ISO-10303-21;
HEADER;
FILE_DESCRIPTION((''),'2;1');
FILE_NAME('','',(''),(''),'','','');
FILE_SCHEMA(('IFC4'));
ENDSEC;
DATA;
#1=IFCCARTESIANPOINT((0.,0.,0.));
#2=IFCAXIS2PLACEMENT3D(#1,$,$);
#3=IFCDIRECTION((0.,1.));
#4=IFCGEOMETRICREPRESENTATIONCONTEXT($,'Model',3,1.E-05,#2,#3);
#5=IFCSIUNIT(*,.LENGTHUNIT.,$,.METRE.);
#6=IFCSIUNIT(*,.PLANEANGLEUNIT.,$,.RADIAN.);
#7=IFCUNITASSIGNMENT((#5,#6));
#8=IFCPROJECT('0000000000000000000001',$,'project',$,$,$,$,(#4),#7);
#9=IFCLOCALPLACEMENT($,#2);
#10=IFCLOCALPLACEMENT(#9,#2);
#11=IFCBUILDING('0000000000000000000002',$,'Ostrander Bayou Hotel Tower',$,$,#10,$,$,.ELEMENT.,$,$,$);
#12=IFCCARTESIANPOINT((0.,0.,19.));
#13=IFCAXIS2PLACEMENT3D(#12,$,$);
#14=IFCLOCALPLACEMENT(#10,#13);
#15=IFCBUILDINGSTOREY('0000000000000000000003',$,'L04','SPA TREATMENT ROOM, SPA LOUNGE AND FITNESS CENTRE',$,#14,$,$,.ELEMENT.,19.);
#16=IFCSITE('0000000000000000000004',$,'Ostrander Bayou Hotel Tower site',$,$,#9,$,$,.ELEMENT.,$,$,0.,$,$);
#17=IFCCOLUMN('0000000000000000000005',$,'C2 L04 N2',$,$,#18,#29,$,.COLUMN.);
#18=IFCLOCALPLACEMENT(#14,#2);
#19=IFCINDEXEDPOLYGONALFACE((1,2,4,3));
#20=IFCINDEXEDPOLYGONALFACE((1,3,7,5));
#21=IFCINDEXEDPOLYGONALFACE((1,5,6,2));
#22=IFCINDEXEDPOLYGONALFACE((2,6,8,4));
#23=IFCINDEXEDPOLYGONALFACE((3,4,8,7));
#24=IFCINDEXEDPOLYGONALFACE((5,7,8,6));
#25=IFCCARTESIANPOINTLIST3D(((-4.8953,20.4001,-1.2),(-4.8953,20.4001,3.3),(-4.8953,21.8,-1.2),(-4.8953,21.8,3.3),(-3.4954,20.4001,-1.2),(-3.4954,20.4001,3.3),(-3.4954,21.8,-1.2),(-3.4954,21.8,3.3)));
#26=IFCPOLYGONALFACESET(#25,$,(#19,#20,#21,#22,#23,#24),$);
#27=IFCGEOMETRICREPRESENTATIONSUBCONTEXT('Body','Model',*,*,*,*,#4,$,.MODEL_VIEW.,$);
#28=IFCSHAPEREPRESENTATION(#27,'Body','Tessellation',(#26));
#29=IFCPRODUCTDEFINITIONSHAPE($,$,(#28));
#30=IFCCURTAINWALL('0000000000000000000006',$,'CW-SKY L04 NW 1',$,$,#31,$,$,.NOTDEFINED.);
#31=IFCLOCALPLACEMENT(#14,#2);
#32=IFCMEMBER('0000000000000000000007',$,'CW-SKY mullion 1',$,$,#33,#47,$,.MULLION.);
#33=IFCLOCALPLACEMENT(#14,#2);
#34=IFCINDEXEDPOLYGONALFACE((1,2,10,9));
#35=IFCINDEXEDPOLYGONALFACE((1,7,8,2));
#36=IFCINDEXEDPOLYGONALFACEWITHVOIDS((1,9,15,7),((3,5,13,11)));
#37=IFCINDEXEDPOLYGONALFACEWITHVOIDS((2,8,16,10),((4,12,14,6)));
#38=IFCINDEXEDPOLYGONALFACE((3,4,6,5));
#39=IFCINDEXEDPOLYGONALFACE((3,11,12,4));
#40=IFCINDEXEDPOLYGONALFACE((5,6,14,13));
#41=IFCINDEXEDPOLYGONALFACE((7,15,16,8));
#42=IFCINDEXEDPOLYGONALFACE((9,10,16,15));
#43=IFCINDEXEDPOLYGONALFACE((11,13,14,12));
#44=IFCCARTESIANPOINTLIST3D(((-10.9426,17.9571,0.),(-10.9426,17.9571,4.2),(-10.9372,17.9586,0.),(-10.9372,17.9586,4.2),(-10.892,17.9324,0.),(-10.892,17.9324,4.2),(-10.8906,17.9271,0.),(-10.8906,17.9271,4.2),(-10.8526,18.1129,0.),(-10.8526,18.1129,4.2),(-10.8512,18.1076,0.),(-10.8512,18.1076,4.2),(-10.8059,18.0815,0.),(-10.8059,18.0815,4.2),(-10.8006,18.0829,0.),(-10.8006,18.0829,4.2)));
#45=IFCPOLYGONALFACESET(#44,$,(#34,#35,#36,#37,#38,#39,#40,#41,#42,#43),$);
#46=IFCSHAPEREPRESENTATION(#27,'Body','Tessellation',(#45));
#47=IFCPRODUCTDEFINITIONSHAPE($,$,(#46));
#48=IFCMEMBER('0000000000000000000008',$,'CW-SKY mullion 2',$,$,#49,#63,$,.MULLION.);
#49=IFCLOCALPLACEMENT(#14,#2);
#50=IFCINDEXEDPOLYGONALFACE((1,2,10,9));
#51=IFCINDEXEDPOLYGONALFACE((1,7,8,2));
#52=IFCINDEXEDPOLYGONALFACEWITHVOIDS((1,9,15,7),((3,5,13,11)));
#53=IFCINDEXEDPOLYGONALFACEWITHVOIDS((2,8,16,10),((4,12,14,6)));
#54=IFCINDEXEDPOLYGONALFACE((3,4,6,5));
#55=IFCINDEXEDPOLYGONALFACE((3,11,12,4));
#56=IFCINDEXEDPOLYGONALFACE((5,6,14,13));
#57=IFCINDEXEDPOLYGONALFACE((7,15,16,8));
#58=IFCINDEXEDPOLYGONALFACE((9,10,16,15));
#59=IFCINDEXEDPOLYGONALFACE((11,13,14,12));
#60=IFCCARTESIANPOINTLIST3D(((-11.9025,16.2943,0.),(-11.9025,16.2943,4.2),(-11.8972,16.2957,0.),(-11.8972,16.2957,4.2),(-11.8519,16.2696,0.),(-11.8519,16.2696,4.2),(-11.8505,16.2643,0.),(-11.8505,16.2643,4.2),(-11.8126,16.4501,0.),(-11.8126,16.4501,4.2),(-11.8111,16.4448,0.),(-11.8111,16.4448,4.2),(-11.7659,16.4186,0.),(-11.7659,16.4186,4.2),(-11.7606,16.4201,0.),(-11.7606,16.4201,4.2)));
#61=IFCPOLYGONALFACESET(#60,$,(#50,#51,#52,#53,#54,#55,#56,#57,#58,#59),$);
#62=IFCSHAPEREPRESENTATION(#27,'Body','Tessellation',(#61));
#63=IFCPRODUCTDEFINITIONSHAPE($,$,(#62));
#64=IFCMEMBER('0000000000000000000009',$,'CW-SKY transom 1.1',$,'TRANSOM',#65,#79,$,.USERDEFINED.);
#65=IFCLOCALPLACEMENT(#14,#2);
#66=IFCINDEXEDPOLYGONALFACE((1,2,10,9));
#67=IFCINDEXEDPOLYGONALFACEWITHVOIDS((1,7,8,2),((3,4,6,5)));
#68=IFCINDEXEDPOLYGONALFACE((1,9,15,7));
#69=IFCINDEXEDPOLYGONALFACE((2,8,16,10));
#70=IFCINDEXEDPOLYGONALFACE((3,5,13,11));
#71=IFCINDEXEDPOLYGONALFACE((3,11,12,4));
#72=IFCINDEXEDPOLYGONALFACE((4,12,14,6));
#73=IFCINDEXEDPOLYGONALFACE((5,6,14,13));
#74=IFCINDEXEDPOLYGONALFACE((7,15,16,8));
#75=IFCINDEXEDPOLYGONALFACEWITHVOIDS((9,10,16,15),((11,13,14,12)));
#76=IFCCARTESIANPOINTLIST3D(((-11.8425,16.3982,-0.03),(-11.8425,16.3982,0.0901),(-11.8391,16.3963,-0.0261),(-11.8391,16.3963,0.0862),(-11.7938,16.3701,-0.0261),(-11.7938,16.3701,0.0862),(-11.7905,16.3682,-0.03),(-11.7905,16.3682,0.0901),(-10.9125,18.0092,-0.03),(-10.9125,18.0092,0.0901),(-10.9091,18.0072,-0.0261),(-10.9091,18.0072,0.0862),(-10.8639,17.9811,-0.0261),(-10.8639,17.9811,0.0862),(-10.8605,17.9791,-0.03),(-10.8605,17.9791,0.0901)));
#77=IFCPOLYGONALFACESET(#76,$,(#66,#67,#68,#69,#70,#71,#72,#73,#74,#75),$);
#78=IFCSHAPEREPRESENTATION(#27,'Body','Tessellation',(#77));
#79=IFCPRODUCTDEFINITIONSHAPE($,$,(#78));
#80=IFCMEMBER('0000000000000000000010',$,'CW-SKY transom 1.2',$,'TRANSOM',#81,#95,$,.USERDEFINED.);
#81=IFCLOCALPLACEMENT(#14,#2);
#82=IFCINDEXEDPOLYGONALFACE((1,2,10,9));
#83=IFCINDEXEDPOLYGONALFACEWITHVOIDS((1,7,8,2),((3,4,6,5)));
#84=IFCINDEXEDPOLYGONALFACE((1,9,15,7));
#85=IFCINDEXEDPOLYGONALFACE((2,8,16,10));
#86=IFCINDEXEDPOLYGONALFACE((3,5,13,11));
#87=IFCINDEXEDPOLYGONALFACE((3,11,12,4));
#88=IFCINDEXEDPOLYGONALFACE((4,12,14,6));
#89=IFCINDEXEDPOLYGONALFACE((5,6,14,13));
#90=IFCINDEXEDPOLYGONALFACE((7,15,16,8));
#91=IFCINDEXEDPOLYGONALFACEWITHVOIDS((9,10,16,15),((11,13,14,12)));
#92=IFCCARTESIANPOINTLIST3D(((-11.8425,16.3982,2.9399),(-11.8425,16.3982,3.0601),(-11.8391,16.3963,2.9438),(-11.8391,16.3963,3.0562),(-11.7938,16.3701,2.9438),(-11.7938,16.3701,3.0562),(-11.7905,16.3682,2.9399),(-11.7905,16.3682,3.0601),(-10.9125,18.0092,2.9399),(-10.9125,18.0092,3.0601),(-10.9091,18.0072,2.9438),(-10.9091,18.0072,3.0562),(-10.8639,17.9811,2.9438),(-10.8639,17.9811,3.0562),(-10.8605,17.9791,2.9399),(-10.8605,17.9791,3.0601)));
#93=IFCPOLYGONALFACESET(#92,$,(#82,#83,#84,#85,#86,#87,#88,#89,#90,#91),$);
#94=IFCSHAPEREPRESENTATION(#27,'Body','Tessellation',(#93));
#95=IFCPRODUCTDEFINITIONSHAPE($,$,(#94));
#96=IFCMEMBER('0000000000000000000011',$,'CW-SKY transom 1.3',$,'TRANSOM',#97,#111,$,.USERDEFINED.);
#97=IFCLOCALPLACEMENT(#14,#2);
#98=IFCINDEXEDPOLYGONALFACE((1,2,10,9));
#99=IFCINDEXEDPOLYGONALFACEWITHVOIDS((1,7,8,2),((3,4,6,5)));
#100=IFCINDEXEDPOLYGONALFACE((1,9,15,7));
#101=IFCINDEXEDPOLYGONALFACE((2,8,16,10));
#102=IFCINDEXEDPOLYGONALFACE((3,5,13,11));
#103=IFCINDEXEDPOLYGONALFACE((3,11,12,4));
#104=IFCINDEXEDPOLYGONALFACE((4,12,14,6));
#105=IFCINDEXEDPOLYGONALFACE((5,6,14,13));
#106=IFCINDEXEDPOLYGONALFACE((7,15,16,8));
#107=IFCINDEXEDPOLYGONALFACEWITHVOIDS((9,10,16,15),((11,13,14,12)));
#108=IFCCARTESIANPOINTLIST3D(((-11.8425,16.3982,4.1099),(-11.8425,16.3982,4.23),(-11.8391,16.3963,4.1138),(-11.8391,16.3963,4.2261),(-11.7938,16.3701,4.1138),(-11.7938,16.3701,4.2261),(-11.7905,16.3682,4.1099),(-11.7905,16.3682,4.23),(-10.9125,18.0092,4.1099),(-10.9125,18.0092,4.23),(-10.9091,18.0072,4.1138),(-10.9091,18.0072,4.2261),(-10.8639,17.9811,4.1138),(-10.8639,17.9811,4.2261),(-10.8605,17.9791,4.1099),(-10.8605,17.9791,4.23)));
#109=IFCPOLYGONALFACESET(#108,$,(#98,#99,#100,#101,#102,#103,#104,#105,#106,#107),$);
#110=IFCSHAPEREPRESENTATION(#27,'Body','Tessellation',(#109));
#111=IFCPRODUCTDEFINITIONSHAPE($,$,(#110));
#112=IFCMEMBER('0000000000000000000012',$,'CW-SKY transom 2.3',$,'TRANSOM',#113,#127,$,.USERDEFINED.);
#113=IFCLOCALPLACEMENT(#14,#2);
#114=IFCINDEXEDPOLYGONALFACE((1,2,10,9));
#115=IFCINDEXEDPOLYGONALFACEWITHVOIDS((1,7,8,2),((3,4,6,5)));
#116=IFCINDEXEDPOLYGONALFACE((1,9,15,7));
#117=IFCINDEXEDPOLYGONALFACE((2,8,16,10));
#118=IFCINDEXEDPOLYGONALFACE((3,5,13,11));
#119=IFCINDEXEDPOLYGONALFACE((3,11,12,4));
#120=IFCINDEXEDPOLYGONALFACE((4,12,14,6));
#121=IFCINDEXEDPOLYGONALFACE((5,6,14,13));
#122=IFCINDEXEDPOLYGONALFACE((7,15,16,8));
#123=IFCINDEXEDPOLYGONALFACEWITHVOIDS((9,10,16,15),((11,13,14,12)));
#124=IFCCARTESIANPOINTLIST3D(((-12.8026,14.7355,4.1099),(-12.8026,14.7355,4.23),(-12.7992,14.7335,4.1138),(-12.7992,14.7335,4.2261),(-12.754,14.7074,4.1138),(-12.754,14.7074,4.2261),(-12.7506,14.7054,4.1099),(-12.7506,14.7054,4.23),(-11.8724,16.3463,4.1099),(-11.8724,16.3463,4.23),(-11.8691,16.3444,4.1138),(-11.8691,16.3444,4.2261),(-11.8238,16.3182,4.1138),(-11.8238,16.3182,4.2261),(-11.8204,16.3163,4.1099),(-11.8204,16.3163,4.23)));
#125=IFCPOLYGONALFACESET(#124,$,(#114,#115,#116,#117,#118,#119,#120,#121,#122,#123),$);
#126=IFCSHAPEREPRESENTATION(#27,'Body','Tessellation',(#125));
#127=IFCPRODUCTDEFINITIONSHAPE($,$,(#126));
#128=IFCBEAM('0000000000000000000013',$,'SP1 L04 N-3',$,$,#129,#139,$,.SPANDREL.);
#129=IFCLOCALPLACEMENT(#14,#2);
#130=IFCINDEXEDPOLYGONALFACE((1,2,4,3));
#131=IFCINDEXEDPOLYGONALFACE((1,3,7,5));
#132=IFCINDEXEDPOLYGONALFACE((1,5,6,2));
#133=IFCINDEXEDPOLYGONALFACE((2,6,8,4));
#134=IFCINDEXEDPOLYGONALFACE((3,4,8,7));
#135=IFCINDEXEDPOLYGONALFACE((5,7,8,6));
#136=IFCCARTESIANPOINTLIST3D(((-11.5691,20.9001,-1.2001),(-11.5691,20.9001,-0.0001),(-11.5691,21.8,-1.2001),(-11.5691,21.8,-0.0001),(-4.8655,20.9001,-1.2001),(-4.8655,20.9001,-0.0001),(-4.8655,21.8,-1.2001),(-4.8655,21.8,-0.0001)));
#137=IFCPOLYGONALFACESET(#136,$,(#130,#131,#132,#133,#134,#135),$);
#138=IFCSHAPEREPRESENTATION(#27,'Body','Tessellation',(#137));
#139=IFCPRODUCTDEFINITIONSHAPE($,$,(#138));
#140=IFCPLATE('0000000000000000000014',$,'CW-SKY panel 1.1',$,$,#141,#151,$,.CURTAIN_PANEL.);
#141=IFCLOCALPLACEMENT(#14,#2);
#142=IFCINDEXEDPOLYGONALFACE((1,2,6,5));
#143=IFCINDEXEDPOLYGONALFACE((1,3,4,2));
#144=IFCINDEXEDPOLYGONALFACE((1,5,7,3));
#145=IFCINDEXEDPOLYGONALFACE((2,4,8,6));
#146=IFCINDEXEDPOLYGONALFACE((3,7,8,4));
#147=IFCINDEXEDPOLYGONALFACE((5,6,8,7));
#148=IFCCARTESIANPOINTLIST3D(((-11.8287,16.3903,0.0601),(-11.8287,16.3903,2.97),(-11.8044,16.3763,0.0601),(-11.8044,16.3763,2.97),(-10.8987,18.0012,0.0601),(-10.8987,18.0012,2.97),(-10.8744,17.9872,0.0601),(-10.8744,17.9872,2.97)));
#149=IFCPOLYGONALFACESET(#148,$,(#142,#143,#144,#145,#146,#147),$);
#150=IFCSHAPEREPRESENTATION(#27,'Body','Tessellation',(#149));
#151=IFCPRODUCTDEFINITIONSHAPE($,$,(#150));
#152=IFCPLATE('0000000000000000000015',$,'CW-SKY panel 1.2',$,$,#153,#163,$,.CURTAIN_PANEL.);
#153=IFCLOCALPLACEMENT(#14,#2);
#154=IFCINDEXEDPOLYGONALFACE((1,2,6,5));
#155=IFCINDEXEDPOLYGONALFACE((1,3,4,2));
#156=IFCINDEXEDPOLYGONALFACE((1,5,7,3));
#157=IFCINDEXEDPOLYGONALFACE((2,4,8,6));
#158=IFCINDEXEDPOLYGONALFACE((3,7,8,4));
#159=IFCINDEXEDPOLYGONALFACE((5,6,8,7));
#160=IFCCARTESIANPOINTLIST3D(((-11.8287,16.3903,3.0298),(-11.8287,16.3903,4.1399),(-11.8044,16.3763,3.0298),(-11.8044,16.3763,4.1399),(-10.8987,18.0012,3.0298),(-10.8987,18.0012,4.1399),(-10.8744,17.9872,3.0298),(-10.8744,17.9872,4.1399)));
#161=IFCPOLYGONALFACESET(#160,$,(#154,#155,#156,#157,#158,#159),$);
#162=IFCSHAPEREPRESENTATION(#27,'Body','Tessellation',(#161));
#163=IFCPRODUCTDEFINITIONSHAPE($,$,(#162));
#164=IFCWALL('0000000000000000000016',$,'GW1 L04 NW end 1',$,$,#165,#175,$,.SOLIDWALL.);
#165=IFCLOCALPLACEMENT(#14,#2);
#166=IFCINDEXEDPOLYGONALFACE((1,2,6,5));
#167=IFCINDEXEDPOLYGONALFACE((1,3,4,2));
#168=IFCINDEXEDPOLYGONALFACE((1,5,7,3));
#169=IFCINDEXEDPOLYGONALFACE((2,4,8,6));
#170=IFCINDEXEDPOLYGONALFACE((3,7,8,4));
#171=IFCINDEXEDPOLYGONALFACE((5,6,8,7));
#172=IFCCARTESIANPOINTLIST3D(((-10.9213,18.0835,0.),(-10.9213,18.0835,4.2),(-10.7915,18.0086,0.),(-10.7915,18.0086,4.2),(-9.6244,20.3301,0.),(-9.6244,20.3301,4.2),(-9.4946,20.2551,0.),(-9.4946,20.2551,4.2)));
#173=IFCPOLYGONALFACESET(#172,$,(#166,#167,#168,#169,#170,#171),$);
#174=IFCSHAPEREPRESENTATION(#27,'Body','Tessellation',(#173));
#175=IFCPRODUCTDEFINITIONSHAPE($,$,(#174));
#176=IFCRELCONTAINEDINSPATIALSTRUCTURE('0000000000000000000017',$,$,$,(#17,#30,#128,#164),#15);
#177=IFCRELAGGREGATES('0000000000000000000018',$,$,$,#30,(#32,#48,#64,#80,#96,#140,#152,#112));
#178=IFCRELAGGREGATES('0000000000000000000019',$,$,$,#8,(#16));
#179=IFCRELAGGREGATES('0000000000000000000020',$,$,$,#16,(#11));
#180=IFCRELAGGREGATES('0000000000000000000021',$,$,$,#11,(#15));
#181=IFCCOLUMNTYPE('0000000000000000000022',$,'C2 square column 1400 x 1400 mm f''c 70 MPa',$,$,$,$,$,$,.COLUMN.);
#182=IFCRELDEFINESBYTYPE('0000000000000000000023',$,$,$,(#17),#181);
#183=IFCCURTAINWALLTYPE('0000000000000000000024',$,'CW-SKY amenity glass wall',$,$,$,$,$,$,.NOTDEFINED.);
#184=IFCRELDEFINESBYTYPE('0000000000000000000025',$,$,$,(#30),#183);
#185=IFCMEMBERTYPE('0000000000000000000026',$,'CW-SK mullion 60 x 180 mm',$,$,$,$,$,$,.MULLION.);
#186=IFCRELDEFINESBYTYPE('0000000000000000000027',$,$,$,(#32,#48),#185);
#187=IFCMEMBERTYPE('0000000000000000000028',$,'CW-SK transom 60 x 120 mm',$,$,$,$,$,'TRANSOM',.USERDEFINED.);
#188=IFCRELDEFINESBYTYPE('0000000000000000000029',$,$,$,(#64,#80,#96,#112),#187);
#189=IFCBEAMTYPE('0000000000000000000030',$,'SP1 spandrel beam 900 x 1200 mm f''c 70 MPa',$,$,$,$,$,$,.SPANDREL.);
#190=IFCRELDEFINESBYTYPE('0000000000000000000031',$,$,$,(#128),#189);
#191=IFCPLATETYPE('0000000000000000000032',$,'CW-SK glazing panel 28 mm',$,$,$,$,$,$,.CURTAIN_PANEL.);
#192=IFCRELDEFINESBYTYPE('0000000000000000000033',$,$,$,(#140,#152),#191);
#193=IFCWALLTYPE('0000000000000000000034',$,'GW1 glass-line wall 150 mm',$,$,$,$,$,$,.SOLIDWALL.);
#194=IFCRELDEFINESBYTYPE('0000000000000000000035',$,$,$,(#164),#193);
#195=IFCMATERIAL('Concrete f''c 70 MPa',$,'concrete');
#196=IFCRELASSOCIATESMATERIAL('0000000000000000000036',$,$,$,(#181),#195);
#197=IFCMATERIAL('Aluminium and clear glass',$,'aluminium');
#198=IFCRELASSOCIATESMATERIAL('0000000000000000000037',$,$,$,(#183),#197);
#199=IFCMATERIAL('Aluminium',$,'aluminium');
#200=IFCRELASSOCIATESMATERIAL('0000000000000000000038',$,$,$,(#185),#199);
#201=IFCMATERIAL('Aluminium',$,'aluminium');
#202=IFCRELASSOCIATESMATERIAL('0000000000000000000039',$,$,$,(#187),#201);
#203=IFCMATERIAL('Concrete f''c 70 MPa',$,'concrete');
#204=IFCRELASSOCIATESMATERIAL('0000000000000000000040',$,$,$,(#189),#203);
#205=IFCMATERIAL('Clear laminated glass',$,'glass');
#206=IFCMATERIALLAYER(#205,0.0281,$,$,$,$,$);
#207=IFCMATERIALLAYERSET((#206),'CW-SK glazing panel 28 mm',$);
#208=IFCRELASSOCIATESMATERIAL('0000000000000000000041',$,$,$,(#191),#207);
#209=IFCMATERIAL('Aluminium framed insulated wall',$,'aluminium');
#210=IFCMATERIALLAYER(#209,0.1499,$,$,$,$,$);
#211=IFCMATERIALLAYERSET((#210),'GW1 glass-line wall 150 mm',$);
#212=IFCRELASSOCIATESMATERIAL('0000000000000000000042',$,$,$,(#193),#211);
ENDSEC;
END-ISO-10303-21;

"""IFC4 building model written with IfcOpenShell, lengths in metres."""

from ifc_helpers import new_model, si_unit, direction, frame, frame_2d, origin, origin_2d, place, context, subcontext, project, spatial, rectangle, hollow_rectangle, extrude, material, layer, layer_set, material_profile, profile_set, type_object, element, aggregate, save


model = new_model("IFC4")

# Units and contexts
model_context = context("Model", 3, precision=1e-05, world=origin(), true_north=direction((0.0, 1.0)))
body_context = subcontext(model_context, "Body", "Model", "MODEL_VIEW")
ifc_project = project(units=[si_unit("LENGTHUNIT", "METRE"), si_unit("PLANEANGLEUNIT", "RADIAN")], contexts=[model_context])

# Site, building, storey
site_placement = place(None, origin())
site = spatial("IfcSite", under=ifc_project, at=site_placement, Name="Ostrander Bayou Hotel Tower site", CompositionType="ELEMENT", RefElevation=0.0)
building_placement = place(site_placement, origin())
building = spatial("IfcBuilding", under=site, at=building_placement, Name="Ostrander Bayou Hotel Tower", CompositionType="ELEMENT")
storey_placement = place(building_placement, frame((0.0, 0.0, 19.0)))
storey = spatial("IfcBuildingStorey", under=building, at=storey_placement, Name="L04", Description="SPA TREATMENT ROOM, SPA LOUNGE AND FITNESS CENTRE", CompositionType="ELEMENT", Elevation=19.0)

# Column
ifc_material_1 = material(Name="Concrete f'c 70 MPa", Category="concrete")
ifc_material_profile_1 = material_profile(ifc_material_1, rectangle(XDim=1.3999, YDim=1.3999, at=origin_2d()))
ifc_profile_set_1 = profile_set([ifc_material_profile_1], Name="Concrete f'c 70 MPa")
column_type = type_object("IfcColumnType", Name="C2 square column 1400 x 1400 mm f'c 70 MPa", PredefinedType="COLUMN", material=ifc_profile_set_1)
column_placement = place(storey_placement, frame((-4.1953, 21.1001, -1.2), z_axis=(0.0, 0.0, 1.0), x_axis=(1.0, 0.0, 0.0)))
element("IfcColumn", 1, at=column_placement, inside=storey, type_object=column_type, Name="C2 L04 N2", PredefinedType="COLUMN", context=body_context, shape_type="SweptSolid", body=[
    extrude(rectangle(XDim=1.3999, YDim=1.3999, at=origin_2d()), origin(), (0.0, 0.0, 1.0), 4.5),
])

# Curtain wall, members
ifc_material_2 = material(Name="Aluminium and clear glass", Category="aluminium")
curtain_wall_type = type_object("IfcCurtainWallType", Name="CW-SKY amenity glass wall", PredefinedType="NOTDEFINED", material=ifc_material_2)
curtain_wall_placement = place(storey_placement, origin())
curtain_wall = element("IfcCurtainWall", 2, at=curtain_wall_placement, inside=storey, type_object=curtain_wall_type, Name="CW-SKY L04 NW 1", PredefinedType="NOTDEFINED")
ifc_material_3 = material(Name="Aluminium", Category="aluminium")
ifc_material_profile_2 = material_profile(ifc_material_3, hollow_rectangle(XDim=0.0601, YDim=0.1799, WallThickness=0.0039, at=origin_2d()))
ifc_profile_set_2 = profile_set([ifc_material_profile_2], Name="Aluminium")
member_type_1 = type_object("IfcMemberType", Name="CW-SK mullion 60 x 180 mm", PredefinedType="MULLION", material=ifc_profile_set_2)
member_1_placement = place(storey_placement, frame((-10.8716, 18.02, 0.0), z_axis=(0.0, 0.0, 1.0), x_axis=(0.866025, -0.5, 0.0)))
member_1 = element("IfcMember", 3, at=member_1_placement, type_object=member_type_1, Name="CW-SKY mullion 1", PredefinedType="MULLION", context=body_context, shape_type="SweptSolid", body=[
    extrude(hollow_rectangle(XDim=0.0601, YDim=0.1799, WallThickness=0.0039, at=origin_2d()), origin(), (0.0, 0.0, 1.0), 4.2),
])
member_2_placement = place(storey_placement, frame((-11.8315, 16.3572, 0.0), z_axis=(0.0, 0.0, 1.0), x_axis=(0.866025, -0.5, 0.0)))
member_2 = element("IfcMember", 4, at=member_2_placement, type_object=member_type_1, Name="CW-SKY mullion 2", PredefinedType="MULLION", context=body_context, shape_type="SweptSolid", body=[
    extrude(hollow_rectangle(XDim=0.0601, YDim=0.1799, WallThickness=0.0039, at=origin_2d()), origin(), (0.0, 0.0, 1.0), 4.2),
])
ifc_material_4 = material(Name="Aluminium", Category="aluminium")
ifc_material_profile_3 = material_profile(ifc_material_4, hollow_rectangle(XDim=0.0601, YDim=0.1201, WallThickness=0.0039, at=origin_2d()))
ifc_profile_set_3 = profile_set([ifc_material_profile_3], Name="Aluminium")
member_type_2 = type_object("IfcMemberType", Name="CW-SK transom 60 x 120 mm", ElementType="TRANSOM", PredefinedType="USERDEFINED", material=ifc_profile_set_3)
member_3_placement = place(storey_placement, frame((-10.8865, 17.9941, 0.03), z_axis=(-0.499965, -0.866046, 0.0), x_axis=(0.866046, -0.499965, 0.0)))
member_3 = element("IfcMember", 5, at=member_3_placement, type_object=member_type_2, Name="CW-SKY transom 1.1", ObjectType="TRANSOM", PredefinedType="USERDEFINED", context=body_context, shape_type="SweptSolid", body=[
    extrude(hollow_rectangle(XDim=0.0601, YDim=0.1201, WallThickness=0.0039, at=origin_2d()), origin(), (0.0, 0.0, 1.0), 1.8601),
])
member_4_placement = place(storey_placement, frame((-10.8865, 17.9941, 3.0), z_axis=(-0.499965, -0.866046, 0.0), x_axis=(0.866046, -0.499965, 0.0)))
member_4 = element("IfcMember", 6, at=member_4_placement, type_object=member_type_2, Name="CW-SKY transom 1.2", ObjectType="TRANSOM", PredefinedType="USERDEFINED", context=body_context, shape_type="SweptSolid", body=[
    extrude(hollow_rectangle(XDim=0.0601, YDim=0.1201, WallThickness=0.0039, at=origin_2d()), origin(), (0.0, 0.0, 1.0), 1.8601),
])
member_5_placement = place(storey_placement, frame((-10.8865, 17.9941, 4.1699), z_axis=(-0.499965, -0.866046, 0.0), x_axis=(0.866046, -0.499965, 0.0)))
member_5 = element("IfcMember", 7, at=member_5_placement, type_object=member_type_2, Name="CW-SKY transom 1.3", ObjectType="TRANSOM", PredefinedType="USERDEFINED", context=body_context, shape_type="SweptSolid", body=[
    extrude(hollow_rectangle(XDim=0.0601, YDim=0.1201, WallThickness=0.0039, at=origin_2d()), origin(), (0.0, 0.0, 1.0), 1.8601),
])
member_6_placement = place(storey_placement, frame((-11.8464, 16.3313, 4.1699), z_axis=(-0.500063, -0.865989, 0.0), x_axis=(0.865989, -0.500063, 0.0)))
member_6 = element("IfcMember", 8, at=member_6_placement, type_object=member_type_2, Name="CW-SKY transom 2.3", ObjectType="TRANSOM", PredefinedType="USERDEFINED", context=body_context, shape_type="SweptSolid", body=[
    extrude(hollow_rectangle(XDim=0.0601, YDim=0.1201, WallThickness=0.0039, at=origin_2d()), origin(), (0.0, 0.0, 1.0), 1.8601),
])

# Beam
ifc_material_5 = material(Name="Concrete f'c 70 MPa", Category="concrete")
ifc_material_profile_4 = material_profile(ifc_material_5, rectangle(XDim=0.8999, YDim=1.2, at=origin_2d()))
ifc_profile_set_4 = profile_set([ifc_material_profile_4], Name="Concrete f'c 70 MPa")
beam_type = type_object("IfcBeamType", Name="SP1 spandrel beam 900 x 1200 mm f'c 70 MPa", PredefinedType="SPANDREL", material=ifc_profile_set_4)
beam_placement = place(storey_placement, frame((-4.8655, 21.3501, -0.6001), z_axis=(-1.0, 0.0, 0.0), x_axis=(0.0, -1.0, 0.0)))
element("IfcBeam", 9, at=beam_placement, inside=storey, type_object=beam_type, Name="SP1 L04 N-3", PredefinedType="SPANDREL", context=body_context, shape_type="SweptSolid", body=[
    extrude(rectangle(XDim=0.8999, YDim=1.2, at=origin_2d()), origin(), (0.0, 0.0, 1.0), 6.7036),
])

# Plates
ifc_material_6 = material(Name="Clear laminated glass", Category="glass")
ifc_layer_1 = layer(ifc_material_6, 0.0281)
ifc_layer_set_1 = layer_set([ifc_layer_1], Name="CW-SK glazing panel 28 mm")
plate_type = type_object("IfcPlateType", Name="CW-SK glazing panel 28 mm", PredefinedType="CURTAIN_PANEL", material=ifc_layer_set_1)
plate_1_placement = place(storey_placement, frame((-11.3516, 17.1887, 0.0601), z_axis=(0.0, 0.0, 1.0), x_axis=(-0.5, -0.866025, 0.0)))
plate_1 = element("IfcPlate", 10, at=plate_1_placement, type_object=plate_type, Name="CW-SKY panel 1.1", PredefinedType="CURTAIN_PANEL", context=body_context, shape_type="SweptSolid", body=[
    extrude(rectangle(XDim=1.8601, YDim=0.0281, at=origin_2d()), origin(), (0.0, 0.0, 1.0), 2.9099),
])
plate_2_placement = place(storey_placement, frame((-11.3516, 17.1887, 3.0298), z_axis=(0.0, 0.0, 1.0), x_axis=(-0.5, -0.866025, 0.0)))
plate_2 = element("IfcPlate", 11, at=plate_2_placement, type_object=plate_type, Name="CW-SKY panel 1.2", PredefinedType="CURTAIN_PANEL", context=body_context, shape_type="SweptSolid", body=[
    extrude(rectangle(XDim=1.8601, YDim=0.0281, at=origin_2d()), origin(), (0.0, 0.0, 1.0), 1.1101),
])
aggregate(curtain_wall, [member_1, member_2, member_3, member_4, member_5, plate_1, plate_2, member_6])

# Wall
ifc_material_7 = material(Name="Aluminium framed insulated wall", Category="aluminium")
ifc_layer_2 = layer(ifc_material_7, 0.1499)
ifc_layer_set_2 = layer_set([ifc_layer_2], Name="GW1 glass-line wall 150 mm")
wall_type_1 = type_object("IfcWallType", Name="GW1 glass-line wall 150 mm", PredefinedType="SOLIDWALL", material=ifc_layer_set_2)
wall_1_placement = place(storey_placement, frame((-9.5596, 20.2925, 0.0), z_axis=(0.0, 0.0, 1.0), x_axis=(-0.499945, -0.866057, 0.0)))
element("IfcWall", 12, at=wall_1_placement, inside=storey, type_object=wall_type_1, Name="GW1 L04 NW end 1", PredefinedType="SOLIDWALL", context=body_context, shape_type="SweptSolid", body=[
    extrude(rectangle(XDim=2.594, YDim=0.1499, at=frame_2d((1.2969, 0.0))), origin(), (0.0, 0.0, 1.0), 4.2),
])

save(model, "model.ifc")
